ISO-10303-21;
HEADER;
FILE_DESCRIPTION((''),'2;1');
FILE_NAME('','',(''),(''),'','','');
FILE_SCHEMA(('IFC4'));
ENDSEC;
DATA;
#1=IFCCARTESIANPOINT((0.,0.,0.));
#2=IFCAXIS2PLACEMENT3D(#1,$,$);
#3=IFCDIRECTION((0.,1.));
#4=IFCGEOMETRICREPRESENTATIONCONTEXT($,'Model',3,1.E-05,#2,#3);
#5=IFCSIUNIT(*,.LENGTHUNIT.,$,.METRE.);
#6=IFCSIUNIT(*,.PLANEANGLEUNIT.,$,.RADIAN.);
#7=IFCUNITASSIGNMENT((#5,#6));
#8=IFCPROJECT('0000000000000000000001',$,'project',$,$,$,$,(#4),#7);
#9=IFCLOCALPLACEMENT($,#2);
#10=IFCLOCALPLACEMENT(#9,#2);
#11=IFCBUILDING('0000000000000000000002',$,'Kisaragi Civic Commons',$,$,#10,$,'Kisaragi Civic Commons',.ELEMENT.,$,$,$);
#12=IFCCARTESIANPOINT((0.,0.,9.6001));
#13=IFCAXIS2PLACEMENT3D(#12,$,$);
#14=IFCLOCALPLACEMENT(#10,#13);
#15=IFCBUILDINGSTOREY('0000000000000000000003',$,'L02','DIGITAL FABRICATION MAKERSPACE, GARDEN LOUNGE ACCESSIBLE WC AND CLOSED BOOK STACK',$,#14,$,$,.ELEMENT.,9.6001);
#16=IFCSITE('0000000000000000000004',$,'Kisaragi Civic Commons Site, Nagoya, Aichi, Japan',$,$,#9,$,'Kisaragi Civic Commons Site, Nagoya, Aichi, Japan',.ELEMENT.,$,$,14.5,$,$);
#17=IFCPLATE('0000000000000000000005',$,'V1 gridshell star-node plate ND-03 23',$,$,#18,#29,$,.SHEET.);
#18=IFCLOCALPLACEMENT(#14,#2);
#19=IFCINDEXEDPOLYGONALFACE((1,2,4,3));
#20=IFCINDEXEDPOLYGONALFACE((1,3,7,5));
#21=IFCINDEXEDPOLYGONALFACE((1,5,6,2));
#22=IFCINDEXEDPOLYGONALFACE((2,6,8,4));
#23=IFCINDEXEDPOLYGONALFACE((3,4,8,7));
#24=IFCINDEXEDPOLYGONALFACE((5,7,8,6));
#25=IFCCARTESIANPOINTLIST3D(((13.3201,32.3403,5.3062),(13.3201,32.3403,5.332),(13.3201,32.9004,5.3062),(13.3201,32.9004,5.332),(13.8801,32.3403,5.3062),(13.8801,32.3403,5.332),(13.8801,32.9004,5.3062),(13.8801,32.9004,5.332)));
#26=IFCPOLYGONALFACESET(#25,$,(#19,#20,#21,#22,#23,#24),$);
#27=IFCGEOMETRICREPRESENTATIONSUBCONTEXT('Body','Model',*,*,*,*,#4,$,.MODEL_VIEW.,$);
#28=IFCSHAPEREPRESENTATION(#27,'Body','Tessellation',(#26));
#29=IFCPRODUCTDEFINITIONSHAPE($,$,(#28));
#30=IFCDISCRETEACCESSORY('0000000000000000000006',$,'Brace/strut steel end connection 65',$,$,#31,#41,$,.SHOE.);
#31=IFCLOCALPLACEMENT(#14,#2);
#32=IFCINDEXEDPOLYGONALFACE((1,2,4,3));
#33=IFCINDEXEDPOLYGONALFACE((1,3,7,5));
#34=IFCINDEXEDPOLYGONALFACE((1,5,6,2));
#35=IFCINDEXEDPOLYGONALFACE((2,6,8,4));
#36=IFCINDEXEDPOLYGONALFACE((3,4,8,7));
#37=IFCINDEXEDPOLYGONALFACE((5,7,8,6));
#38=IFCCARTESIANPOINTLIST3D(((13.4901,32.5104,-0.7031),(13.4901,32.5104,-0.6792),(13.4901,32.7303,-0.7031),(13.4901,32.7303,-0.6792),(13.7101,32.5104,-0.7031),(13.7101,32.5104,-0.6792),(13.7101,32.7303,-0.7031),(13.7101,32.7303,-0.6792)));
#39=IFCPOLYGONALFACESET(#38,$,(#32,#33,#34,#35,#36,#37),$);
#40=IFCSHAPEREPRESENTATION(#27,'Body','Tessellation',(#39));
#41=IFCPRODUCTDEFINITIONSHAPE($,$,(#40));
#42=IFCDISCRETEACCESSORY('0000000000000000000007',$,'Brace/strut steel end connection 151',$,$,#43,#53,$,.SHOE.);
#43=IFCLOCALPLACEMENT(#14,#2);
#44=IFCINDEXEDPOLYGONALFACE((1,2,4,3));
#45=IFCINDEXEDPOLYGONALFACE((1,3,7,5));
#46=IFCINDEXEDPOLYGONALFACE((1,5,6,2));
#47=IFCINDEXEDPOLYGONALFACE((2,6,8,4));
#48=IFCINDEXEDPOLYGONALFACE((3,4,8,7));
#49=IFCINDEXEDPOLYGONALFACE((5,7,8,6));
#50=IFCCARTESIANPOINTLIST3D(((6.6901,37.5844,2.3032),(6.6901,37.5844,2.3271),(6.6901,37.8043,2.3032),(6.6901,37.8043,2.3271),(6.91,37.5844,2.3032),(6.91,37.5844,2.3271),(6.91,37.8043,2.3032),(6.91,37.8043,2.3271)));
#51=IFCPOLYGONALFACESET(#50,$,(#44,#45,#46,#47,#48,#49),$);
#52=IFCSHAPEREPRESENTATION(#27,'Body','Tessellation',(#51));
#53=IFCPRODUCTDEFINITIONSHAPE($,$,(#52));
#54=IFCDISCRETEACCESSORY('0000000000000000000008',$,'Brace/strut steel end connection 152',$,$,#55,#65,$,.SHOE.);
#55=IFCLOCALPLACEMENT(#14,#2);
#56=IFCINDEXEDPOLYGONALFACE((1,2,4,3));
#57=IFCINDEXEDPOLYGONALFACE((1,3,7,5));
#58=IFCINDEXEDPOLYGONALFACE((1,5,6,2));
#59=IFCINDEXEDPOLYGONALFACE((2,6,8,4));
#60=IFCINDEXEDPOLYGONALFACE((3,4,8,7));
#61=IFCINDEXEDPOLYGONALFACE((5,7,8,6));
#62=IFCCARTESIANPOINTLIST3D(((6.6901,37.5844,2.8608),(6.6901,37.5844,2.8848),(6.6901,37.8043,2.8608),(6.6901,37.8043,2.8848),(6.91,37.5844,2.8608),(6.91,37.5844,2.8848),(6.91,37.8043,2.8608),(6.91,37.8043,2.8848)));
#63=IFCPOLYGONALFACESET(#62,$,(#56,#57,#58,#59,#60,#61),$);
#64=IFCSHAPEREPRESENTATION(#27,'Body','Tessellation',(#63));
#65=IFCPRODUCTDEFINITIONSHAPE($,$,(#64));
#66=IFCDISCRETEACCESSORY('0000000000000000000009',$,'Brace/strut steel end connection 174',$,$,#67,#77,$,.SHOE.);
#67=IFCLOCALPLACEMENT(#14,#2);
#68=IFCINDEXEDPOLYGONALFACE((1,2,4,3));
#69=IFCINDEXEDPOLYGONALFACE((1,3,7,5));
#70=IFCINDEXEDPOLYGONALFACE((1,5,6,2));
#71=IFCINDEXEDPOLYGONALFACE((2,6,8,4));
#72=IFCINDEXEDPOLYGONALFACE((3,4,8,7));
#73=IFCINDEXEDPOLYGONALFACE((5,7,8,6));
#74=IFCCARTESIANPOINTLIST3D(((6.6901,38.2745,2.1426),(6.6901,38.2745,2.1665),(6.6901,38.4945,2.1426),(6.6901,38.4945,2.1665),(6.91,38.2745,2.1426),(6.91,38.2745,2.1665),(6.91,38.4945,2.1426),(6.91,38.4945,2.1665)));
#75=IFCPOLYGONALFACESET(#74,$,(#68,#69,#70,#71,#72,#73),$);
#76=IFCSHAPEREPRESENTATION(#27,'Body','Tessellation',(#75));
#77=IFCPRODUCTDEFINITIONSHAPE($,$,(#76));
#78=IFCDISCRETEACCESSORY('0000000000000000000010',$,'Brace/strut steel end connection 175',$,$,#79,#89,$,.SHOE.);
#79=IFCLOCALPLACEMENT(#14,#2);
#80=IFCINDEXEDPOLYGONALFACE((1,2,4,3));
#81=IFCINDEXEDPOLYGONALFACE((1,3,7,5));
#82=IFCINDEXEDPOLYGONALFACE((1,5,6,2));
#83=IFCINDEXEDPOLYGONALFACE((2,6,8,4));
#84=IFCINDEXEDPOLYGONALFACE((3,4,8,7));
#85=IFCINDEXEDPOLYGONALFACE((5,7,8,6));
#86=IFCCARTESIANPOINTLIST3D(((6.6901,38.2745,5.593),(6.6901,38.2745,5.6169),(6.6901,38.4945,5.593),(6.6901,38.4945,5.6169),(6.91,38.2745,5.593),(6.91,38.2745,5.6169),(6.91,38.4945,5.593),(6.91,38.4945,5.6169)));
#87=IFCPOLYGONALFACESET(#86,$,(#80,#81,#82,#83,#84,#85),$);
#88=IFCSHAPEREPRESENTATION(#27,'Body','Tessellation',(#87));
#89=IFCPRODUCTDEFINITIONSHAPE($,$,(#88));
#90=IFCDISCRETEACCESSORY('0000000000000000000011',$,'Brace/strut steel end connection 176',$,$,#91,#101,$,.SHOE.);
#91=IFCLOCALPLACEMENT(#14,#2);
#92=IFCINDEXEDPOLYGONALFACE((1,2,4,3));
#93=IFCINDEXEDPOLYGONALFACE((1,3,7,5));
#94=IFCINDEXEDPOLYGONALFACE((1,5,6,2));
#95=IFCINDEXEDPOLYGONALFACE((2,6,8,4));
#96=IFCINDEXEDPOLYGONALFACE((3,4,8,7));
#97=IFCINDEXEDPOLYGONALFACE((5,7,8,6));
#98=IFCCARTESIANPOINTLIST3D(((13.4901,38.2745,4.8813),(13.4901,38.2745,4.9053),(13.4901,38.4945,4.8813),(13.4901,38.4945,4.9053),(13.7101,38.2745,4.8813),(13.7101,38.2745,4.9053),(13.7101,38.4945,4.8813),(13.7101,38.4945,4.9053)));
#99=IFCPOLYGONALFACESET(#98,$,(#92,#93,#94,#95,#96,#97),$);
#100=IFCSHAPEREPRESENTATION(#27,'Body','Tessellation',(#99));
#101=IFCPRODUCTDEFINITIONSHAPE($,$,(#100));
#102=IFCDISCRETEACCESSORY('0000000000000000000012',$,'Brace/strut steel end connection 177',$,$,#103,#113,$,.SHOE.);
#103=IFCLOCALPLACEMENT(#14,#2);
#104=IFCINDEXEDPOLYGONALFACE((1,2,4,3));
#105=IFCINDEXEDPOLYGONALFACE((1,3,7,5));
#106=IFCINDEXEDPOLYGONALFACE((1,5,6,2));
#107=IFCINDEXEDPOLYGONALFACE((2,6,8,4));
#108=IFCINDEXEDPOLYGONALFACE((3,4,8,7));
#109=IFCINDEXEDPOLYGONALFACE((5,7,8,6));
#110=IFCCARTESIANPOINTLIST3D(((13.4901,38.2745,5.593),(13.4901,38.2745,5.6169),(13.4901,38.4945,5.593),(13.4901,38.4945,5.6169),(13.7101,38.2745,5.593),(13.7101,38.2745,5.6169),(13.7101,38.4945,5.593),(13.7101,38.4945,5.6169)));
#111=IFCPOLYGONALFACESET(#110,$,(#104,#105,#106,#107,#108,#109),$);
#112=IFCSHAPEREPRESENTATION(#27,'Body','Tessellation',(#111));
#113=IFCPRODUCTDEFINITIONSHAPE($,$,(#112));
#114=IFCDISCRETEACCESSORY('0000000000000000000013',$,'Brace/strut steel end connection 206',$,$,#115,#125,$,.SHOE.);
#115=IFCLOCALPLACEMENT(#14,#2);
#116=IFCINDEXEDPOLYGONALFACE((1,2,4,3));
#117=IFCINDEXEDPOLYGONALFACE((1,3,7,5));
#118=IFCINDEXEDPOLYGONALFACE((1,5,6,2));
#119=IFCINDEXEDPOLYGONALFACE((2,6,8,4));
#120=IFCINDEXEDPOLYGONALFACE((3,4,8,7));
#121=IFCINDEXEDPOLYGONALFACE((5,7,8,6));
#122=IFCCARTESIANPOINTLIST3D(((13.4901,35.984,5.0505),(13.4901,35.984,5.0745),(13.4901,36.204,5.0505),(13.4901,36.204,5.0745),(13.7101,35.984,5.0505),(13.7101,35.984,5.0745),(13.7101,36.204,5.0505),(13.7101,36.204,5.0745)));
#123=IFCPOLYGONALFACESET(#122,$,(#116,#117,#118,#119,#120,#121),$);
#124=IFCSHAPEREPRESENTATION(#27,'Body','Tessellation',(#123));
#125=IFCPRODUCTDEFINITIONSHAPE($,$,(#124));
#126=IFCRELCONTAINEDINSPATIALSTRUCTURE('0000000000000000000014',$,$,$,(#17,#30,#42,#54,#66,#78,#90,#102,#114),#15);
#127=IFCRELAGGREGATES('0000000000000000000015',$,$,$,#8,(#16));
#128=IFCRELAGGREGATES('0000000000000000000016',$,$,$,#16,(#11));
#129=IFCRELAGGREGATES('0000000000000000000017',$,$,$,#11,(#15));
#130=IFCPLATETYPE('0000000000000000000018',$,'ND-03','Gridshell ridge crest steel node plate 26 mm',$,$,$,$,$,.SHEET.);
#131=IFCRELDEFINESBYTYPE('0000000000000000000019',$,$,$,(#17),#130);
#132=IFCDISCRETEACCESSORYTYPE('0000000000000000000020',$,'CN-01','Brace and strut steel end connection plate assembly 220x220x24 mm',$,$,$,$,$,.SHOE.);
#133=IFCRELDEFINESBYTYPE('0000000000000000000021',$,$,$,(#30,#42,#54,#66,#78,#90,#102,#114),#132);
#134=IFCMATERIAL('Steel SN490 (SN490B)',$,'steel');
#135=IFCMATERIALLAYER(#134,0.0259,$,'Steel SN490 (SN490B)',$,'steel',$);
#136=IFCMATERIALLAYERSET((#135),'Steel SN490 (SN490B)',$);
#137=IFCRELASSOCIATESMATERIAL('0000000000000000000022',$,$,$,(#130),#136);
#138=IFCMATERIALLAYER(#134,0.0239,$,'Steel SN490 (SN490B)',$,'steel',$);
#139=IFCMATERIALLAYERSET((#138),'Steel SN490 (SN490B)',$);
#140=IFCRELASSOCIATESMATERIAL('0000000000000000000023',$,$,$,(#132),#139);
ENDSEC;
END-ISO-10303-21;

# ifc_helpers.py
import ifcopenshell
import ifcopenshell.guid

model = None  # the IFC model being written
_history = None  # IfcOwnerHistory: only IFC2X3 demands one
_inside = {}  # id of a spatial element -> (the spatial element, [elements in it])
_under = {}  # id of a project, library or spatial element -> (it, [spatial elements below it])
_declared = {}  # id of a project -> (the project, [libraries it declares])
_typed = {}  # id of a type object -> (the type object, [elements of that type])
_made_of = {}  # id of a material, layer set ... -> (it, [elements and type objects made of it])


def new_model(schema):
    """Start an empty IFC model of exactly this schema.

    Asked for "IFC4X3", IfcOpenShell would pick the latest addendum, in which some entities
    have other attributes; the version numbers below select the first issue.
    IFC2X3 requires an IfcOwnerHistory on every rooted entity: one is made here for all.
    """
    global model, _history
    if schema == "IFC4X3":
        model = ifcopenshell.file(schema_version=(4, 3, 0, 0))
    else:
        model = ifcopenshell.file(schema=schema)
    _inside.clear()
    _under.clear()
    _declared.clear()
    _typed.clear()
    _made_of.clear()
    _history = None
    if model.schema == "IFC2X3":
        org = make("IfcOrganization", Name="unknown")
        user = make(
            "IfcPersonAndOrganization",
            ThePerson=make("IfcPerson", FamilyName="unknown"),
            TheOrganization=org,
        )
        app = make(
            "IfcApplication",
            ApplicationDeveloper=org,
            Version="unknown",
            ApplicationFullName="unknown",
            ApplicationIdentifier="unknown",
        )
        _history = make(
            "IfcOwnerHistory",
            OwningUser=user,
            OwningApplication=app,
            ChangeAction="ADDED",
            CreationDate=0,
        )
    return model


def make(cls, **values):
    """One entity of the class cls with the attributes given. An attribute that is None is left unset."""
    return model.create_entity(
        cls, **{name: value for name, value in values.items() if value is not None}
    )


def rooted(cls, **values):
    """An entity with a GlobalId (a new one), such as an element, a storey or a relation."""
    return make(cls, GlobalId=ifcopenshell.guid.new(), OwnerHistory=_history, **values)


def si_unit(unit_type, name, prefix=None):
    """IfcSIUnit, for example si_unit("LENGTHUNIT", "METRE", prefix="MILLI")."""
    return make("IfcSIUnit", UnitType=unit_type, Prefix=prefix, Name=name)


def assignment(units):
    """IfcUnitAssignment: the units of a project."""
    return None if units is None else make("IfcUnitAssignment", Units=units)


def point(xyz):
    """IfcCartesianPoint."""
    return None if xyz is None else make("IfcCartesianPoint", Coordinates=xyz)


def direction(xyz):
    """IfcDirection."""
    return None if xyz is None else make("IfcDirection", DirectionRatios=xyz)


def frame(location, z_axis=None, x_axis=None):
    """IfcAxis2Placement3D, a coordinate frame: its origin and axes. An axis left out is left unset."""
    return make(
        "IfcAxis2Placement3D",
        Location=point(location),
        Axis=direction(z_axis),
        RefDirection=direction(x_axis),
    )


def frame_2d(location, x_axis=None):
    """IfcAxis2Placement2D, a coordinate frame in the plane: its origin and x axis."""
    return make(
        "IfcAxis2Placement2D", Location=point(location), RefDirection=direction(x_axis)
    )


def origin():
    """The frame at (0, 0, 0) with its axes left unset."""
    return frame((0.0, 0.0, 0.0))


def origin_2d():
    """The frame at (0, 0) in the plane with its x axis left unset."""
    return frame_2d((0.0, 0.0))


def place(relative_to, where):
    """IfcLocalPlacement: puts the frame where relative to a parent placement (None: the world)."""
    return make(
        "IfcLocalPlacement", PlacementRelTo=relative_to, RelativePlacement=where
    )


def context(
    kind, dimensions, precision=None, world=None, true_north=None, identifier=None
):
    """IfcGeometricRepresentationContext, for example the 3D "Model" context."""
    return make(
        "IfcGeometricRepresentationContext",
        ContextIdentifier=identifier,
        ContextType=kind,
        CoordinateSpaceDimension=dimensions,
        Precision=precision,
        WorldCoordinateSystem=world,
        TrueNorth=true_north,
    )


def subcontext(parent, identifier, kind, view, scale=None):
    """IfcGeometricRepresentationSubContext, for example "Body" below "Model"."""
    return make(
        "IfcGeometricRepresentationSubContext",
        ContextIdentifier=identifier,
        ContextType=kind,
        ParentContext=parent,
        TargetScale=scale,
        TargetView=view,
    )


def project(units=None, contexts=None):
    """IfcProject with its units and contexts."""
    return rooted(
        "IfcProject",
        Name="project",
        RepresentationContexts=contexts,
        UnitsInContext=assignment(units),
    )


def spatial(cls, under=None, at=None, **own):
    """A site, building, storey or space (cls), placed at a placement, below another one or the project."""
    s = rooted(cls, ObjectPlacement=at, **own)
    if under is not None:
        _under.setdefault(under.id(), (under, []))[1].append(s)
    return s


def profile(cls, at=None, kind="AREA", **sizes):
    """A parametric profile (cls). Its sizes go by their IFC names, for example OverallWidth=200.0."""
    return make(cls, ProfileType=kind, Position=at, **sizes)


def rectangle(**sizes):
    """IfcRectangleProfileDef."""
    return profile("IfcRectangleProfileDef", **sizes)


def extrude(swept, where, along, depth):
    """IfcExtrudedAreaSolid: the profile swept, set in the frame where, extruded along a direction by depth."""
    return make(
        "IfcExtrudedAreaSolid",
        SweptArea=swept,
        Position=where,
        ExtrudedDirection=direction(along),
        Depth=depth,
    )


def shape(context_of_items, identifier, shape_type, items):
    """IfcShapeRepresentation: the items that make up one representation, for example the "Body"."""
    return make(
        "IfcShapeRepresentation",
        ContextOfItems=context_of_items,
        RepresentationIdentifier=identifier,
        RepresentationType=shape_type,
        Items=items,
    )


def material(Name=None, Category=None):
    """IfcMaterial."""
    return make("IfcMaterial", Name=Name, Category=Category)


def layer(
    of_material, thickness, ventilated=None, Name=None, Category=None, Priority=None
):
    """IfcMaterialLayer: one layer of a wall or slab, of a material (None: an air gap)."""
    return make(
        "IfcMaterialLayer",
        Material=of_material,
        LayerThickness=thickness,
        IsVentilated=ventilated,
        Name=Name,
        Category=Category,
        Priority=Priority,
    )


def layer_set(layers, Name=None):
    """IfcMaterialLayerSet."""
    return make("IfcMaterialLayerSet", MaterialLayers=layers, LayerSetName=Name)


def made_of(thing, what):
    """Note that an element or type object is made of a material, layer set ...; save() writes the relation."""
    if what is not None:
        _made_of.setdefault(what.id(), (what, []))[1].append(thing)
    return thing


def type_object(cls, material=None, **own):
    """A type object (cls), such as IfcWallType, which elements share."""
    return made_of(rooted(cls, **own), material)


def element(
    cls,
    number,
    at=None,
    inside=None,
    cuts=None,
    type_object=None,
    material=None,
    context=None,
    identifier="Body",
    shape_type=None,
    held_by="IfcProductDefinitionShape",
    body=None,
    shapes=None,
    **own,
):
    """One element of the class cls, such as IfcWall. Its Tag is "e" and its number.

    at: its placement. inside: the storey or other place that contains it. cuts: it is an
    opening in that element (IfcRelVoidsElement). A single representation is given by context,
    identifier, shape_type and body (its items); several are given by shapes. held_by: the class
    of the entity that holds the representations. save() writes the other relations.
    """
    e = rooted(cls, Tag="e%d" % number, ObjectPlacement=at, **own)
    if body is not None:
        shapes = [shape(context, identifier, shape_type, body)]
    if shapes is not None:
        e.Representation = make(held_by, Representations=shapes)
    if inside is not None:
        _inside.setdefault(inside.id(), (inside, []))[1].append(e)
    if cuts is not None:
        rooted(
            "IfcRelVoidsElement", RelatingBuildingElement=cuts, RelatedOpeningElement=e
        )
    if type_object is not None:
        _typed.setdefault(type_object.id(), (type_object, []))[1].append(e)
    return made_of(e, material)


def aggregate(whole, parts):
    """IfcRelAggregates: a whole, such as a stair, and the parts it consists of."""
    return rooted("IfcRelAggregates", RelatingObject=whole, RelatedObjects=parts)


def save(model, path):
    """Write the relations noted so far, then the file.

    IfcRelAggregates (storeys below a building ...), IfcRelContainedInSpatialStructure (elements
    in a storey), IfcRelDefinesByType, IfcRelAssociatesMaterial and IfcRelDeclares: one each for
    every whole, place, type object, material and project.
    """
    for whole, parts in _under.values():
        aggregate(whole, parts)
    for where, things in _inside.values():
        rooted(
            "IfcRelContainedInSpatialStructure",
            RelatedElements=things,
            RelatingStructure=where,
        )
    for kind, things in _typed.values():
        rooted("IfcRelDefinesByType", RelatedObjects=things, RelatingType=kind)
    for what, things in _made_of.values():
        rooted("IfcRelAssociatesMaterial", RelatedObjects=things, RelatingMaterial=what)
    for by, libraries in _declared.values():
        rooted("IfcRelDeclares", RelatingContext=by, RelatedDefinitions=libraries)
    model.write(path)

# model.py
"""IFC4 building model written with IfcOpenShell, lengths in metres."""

from ifc_helpers import new_model, si_unit, direction, frame, origin, origin_2d, place, context, subcontext, project, spatial, rectangle, extrude, material, layer, layer_set, type_object, element, save


model = new_model("IFC4")

# Units and contexts
model_context = context("Model", 3, precision=1e-05, world=origin(), true_north=direction((0.0, 1.0)))
body_context = subcontext(model_context, "Body", "Model", "MODEL_VIEW")
ifc_project = project(units=[si_unit("LENGTHUNIT", "METRE"), si_unit("PLANEANGLEUNIT", "RADIAN")], contexts=[model_context])

# Site, building, storey
site_placement = place(None, origin())
site = spatial("IfcSite", under=ifc_project, at=site_placement, Name="Kisaragi Civic Commons Site, Nagoya, Aichi, Japan", LongName="Kisaragi Civic Commons Site, Nagoya, Aichi, Japan", CompositionType="ELEMENT", RefElevation=14.5)
building_placement = place(site_placement, origin())
building = spatial("IfcBuilding", under=site, at=building_placement, Name="Kisaragi Civic Commons", LongName="Kisaragi Civic Commons", CompositionType="ELEMENT")
storey_placement = place(building_placement, frame((0.0, 0.0, 9.6001)))
storey = spatial("IfcBuildingStorey", under=building, at=storey_placement, Name="L02", Description="DIGITAL FABRICATION MAKERSPACE, GARDEN LOUNGE ACCESSIBLE WC AND CLOSED BOOK STACK", CompositionType="ELEMENT", Elevation=9.6001)

# Shared definitions
ifc_material_1 = material(Name="Steel SN490 (SN490B)", Category="steel")

# Plate
ifc_layer_1 = layer(ifc_material_1, 0.0259, Name="Steel SN490 (SN490B)", Category="steel")
ifc_layer_set_1 = layer_set([ifc_layer_1], Name="Steel SN490 (SN490B)")
plate_type_1 = type_object("IfcPlateType", Name="ND-03", Description="Gridshell ridge crest steel node plate 26 mm", PredefinedType="SHEET", material=ifc_layer_set_1)
plate_1_placement = place(storey_placement, frame((13.6001, 32.6204, 5.3062), z_axis=(0.0, 0.0, 1.0), x_axis=(1.0, 0.0, 0.0)))
element("IfcPlate", 1, at=plate_1_placement, inside=storey, type_object=plate_type_1, Name="V1 gridshell star-node plate ND-03 23", PredefinedType="SHEET", context=body_context, shape_type="SweptSolid", body=[
    extrude(rectangle(XDim=0.5601, YDim=0.5601, at=origin_2d()), origin(), (0.0, 0.0, 1.0), 0.0259),
])

# Discrete accessories
ifc_layer_2 = layer(ifc_material_1, 0.0239, Name="Steel SN490 (SN490B)", Category="steel")
ifc_layer_set_2 = layer_set([ifc_layer_2], Name="Steel SN490 (SN490B)")
discrete_accessory_type = type_object("IfcDiscreteAccessoryType", Name="CN-01", Description="Brace and strut steel end connection plate assembly 220x220x24 mm", PredefinedType="SHOE", material=ifc_layer_set_2)
for number, where, z_axis, x_axis, name in (
    (2, (13.6001, 32.6204, -0.7031), (0.0, 0.0, 1.0), (1.0, 0.0, 0.0), "Brace/strut steel end connection 65"),
    (3, (6.8, 37.6943, 2.3032), (0.0, 0.0, 1.0), (1.0, 0.0, 0.0), "Brace/strut steel end connection 151"),
    (4, (6.8, 37.6943, 2.8608), (0.0, 0.0, 1.0), (1.0, 0.0, 0.0), "Brace/strut steel end connection 152"),
    (5, (6.8, 38.3845, 2.1426), (0.0, 0.0, 1.0), (1.0, 0.0, 0.0), "Brace/strut steel end connection 174"),
    (6, (6.8, 38.3845, 5.593), (0.0, 0.0, 1.0), (1.0, 0.0, 0.0), "Brace/strut steel end connection 175"),
    (7, (13.6001, 38.3845, 4.8813), (0.0, 0.0, 1.0), (1.0, 0.0, 0.0), "Brace/strut steel end connection 176"),
    (8, (13.6001, 38.3845, 5.593), (0.0, 0.0, 1.0), (1.0, 0.0, 0.0), "Brace/strut steel end connection 177"),
    (9, (13.6001, 36.094, 5.0505), (0.0, 0.0, 1.0), (1.0, 0.0, 0.0), "Brace/strut steel end connection 206"),
):
    element("IfcDiscreteAccessory", number, at=place(storey_placement, frame(where, z_axis=z_axis, x_axis=x_axis)), inside=storey, type_object=discrete_accessory_type, Name=name, PredefinedType="SHOE", context=body_context, shape_type="SweptSolid", body=[
        extrude(rectangle(XDim=0.22, YDim=0.22, at=origin_2d()), origin(), (0.0, 0.0, 1.0), 0.0239),
    ])

save(model, "model.ifc")
